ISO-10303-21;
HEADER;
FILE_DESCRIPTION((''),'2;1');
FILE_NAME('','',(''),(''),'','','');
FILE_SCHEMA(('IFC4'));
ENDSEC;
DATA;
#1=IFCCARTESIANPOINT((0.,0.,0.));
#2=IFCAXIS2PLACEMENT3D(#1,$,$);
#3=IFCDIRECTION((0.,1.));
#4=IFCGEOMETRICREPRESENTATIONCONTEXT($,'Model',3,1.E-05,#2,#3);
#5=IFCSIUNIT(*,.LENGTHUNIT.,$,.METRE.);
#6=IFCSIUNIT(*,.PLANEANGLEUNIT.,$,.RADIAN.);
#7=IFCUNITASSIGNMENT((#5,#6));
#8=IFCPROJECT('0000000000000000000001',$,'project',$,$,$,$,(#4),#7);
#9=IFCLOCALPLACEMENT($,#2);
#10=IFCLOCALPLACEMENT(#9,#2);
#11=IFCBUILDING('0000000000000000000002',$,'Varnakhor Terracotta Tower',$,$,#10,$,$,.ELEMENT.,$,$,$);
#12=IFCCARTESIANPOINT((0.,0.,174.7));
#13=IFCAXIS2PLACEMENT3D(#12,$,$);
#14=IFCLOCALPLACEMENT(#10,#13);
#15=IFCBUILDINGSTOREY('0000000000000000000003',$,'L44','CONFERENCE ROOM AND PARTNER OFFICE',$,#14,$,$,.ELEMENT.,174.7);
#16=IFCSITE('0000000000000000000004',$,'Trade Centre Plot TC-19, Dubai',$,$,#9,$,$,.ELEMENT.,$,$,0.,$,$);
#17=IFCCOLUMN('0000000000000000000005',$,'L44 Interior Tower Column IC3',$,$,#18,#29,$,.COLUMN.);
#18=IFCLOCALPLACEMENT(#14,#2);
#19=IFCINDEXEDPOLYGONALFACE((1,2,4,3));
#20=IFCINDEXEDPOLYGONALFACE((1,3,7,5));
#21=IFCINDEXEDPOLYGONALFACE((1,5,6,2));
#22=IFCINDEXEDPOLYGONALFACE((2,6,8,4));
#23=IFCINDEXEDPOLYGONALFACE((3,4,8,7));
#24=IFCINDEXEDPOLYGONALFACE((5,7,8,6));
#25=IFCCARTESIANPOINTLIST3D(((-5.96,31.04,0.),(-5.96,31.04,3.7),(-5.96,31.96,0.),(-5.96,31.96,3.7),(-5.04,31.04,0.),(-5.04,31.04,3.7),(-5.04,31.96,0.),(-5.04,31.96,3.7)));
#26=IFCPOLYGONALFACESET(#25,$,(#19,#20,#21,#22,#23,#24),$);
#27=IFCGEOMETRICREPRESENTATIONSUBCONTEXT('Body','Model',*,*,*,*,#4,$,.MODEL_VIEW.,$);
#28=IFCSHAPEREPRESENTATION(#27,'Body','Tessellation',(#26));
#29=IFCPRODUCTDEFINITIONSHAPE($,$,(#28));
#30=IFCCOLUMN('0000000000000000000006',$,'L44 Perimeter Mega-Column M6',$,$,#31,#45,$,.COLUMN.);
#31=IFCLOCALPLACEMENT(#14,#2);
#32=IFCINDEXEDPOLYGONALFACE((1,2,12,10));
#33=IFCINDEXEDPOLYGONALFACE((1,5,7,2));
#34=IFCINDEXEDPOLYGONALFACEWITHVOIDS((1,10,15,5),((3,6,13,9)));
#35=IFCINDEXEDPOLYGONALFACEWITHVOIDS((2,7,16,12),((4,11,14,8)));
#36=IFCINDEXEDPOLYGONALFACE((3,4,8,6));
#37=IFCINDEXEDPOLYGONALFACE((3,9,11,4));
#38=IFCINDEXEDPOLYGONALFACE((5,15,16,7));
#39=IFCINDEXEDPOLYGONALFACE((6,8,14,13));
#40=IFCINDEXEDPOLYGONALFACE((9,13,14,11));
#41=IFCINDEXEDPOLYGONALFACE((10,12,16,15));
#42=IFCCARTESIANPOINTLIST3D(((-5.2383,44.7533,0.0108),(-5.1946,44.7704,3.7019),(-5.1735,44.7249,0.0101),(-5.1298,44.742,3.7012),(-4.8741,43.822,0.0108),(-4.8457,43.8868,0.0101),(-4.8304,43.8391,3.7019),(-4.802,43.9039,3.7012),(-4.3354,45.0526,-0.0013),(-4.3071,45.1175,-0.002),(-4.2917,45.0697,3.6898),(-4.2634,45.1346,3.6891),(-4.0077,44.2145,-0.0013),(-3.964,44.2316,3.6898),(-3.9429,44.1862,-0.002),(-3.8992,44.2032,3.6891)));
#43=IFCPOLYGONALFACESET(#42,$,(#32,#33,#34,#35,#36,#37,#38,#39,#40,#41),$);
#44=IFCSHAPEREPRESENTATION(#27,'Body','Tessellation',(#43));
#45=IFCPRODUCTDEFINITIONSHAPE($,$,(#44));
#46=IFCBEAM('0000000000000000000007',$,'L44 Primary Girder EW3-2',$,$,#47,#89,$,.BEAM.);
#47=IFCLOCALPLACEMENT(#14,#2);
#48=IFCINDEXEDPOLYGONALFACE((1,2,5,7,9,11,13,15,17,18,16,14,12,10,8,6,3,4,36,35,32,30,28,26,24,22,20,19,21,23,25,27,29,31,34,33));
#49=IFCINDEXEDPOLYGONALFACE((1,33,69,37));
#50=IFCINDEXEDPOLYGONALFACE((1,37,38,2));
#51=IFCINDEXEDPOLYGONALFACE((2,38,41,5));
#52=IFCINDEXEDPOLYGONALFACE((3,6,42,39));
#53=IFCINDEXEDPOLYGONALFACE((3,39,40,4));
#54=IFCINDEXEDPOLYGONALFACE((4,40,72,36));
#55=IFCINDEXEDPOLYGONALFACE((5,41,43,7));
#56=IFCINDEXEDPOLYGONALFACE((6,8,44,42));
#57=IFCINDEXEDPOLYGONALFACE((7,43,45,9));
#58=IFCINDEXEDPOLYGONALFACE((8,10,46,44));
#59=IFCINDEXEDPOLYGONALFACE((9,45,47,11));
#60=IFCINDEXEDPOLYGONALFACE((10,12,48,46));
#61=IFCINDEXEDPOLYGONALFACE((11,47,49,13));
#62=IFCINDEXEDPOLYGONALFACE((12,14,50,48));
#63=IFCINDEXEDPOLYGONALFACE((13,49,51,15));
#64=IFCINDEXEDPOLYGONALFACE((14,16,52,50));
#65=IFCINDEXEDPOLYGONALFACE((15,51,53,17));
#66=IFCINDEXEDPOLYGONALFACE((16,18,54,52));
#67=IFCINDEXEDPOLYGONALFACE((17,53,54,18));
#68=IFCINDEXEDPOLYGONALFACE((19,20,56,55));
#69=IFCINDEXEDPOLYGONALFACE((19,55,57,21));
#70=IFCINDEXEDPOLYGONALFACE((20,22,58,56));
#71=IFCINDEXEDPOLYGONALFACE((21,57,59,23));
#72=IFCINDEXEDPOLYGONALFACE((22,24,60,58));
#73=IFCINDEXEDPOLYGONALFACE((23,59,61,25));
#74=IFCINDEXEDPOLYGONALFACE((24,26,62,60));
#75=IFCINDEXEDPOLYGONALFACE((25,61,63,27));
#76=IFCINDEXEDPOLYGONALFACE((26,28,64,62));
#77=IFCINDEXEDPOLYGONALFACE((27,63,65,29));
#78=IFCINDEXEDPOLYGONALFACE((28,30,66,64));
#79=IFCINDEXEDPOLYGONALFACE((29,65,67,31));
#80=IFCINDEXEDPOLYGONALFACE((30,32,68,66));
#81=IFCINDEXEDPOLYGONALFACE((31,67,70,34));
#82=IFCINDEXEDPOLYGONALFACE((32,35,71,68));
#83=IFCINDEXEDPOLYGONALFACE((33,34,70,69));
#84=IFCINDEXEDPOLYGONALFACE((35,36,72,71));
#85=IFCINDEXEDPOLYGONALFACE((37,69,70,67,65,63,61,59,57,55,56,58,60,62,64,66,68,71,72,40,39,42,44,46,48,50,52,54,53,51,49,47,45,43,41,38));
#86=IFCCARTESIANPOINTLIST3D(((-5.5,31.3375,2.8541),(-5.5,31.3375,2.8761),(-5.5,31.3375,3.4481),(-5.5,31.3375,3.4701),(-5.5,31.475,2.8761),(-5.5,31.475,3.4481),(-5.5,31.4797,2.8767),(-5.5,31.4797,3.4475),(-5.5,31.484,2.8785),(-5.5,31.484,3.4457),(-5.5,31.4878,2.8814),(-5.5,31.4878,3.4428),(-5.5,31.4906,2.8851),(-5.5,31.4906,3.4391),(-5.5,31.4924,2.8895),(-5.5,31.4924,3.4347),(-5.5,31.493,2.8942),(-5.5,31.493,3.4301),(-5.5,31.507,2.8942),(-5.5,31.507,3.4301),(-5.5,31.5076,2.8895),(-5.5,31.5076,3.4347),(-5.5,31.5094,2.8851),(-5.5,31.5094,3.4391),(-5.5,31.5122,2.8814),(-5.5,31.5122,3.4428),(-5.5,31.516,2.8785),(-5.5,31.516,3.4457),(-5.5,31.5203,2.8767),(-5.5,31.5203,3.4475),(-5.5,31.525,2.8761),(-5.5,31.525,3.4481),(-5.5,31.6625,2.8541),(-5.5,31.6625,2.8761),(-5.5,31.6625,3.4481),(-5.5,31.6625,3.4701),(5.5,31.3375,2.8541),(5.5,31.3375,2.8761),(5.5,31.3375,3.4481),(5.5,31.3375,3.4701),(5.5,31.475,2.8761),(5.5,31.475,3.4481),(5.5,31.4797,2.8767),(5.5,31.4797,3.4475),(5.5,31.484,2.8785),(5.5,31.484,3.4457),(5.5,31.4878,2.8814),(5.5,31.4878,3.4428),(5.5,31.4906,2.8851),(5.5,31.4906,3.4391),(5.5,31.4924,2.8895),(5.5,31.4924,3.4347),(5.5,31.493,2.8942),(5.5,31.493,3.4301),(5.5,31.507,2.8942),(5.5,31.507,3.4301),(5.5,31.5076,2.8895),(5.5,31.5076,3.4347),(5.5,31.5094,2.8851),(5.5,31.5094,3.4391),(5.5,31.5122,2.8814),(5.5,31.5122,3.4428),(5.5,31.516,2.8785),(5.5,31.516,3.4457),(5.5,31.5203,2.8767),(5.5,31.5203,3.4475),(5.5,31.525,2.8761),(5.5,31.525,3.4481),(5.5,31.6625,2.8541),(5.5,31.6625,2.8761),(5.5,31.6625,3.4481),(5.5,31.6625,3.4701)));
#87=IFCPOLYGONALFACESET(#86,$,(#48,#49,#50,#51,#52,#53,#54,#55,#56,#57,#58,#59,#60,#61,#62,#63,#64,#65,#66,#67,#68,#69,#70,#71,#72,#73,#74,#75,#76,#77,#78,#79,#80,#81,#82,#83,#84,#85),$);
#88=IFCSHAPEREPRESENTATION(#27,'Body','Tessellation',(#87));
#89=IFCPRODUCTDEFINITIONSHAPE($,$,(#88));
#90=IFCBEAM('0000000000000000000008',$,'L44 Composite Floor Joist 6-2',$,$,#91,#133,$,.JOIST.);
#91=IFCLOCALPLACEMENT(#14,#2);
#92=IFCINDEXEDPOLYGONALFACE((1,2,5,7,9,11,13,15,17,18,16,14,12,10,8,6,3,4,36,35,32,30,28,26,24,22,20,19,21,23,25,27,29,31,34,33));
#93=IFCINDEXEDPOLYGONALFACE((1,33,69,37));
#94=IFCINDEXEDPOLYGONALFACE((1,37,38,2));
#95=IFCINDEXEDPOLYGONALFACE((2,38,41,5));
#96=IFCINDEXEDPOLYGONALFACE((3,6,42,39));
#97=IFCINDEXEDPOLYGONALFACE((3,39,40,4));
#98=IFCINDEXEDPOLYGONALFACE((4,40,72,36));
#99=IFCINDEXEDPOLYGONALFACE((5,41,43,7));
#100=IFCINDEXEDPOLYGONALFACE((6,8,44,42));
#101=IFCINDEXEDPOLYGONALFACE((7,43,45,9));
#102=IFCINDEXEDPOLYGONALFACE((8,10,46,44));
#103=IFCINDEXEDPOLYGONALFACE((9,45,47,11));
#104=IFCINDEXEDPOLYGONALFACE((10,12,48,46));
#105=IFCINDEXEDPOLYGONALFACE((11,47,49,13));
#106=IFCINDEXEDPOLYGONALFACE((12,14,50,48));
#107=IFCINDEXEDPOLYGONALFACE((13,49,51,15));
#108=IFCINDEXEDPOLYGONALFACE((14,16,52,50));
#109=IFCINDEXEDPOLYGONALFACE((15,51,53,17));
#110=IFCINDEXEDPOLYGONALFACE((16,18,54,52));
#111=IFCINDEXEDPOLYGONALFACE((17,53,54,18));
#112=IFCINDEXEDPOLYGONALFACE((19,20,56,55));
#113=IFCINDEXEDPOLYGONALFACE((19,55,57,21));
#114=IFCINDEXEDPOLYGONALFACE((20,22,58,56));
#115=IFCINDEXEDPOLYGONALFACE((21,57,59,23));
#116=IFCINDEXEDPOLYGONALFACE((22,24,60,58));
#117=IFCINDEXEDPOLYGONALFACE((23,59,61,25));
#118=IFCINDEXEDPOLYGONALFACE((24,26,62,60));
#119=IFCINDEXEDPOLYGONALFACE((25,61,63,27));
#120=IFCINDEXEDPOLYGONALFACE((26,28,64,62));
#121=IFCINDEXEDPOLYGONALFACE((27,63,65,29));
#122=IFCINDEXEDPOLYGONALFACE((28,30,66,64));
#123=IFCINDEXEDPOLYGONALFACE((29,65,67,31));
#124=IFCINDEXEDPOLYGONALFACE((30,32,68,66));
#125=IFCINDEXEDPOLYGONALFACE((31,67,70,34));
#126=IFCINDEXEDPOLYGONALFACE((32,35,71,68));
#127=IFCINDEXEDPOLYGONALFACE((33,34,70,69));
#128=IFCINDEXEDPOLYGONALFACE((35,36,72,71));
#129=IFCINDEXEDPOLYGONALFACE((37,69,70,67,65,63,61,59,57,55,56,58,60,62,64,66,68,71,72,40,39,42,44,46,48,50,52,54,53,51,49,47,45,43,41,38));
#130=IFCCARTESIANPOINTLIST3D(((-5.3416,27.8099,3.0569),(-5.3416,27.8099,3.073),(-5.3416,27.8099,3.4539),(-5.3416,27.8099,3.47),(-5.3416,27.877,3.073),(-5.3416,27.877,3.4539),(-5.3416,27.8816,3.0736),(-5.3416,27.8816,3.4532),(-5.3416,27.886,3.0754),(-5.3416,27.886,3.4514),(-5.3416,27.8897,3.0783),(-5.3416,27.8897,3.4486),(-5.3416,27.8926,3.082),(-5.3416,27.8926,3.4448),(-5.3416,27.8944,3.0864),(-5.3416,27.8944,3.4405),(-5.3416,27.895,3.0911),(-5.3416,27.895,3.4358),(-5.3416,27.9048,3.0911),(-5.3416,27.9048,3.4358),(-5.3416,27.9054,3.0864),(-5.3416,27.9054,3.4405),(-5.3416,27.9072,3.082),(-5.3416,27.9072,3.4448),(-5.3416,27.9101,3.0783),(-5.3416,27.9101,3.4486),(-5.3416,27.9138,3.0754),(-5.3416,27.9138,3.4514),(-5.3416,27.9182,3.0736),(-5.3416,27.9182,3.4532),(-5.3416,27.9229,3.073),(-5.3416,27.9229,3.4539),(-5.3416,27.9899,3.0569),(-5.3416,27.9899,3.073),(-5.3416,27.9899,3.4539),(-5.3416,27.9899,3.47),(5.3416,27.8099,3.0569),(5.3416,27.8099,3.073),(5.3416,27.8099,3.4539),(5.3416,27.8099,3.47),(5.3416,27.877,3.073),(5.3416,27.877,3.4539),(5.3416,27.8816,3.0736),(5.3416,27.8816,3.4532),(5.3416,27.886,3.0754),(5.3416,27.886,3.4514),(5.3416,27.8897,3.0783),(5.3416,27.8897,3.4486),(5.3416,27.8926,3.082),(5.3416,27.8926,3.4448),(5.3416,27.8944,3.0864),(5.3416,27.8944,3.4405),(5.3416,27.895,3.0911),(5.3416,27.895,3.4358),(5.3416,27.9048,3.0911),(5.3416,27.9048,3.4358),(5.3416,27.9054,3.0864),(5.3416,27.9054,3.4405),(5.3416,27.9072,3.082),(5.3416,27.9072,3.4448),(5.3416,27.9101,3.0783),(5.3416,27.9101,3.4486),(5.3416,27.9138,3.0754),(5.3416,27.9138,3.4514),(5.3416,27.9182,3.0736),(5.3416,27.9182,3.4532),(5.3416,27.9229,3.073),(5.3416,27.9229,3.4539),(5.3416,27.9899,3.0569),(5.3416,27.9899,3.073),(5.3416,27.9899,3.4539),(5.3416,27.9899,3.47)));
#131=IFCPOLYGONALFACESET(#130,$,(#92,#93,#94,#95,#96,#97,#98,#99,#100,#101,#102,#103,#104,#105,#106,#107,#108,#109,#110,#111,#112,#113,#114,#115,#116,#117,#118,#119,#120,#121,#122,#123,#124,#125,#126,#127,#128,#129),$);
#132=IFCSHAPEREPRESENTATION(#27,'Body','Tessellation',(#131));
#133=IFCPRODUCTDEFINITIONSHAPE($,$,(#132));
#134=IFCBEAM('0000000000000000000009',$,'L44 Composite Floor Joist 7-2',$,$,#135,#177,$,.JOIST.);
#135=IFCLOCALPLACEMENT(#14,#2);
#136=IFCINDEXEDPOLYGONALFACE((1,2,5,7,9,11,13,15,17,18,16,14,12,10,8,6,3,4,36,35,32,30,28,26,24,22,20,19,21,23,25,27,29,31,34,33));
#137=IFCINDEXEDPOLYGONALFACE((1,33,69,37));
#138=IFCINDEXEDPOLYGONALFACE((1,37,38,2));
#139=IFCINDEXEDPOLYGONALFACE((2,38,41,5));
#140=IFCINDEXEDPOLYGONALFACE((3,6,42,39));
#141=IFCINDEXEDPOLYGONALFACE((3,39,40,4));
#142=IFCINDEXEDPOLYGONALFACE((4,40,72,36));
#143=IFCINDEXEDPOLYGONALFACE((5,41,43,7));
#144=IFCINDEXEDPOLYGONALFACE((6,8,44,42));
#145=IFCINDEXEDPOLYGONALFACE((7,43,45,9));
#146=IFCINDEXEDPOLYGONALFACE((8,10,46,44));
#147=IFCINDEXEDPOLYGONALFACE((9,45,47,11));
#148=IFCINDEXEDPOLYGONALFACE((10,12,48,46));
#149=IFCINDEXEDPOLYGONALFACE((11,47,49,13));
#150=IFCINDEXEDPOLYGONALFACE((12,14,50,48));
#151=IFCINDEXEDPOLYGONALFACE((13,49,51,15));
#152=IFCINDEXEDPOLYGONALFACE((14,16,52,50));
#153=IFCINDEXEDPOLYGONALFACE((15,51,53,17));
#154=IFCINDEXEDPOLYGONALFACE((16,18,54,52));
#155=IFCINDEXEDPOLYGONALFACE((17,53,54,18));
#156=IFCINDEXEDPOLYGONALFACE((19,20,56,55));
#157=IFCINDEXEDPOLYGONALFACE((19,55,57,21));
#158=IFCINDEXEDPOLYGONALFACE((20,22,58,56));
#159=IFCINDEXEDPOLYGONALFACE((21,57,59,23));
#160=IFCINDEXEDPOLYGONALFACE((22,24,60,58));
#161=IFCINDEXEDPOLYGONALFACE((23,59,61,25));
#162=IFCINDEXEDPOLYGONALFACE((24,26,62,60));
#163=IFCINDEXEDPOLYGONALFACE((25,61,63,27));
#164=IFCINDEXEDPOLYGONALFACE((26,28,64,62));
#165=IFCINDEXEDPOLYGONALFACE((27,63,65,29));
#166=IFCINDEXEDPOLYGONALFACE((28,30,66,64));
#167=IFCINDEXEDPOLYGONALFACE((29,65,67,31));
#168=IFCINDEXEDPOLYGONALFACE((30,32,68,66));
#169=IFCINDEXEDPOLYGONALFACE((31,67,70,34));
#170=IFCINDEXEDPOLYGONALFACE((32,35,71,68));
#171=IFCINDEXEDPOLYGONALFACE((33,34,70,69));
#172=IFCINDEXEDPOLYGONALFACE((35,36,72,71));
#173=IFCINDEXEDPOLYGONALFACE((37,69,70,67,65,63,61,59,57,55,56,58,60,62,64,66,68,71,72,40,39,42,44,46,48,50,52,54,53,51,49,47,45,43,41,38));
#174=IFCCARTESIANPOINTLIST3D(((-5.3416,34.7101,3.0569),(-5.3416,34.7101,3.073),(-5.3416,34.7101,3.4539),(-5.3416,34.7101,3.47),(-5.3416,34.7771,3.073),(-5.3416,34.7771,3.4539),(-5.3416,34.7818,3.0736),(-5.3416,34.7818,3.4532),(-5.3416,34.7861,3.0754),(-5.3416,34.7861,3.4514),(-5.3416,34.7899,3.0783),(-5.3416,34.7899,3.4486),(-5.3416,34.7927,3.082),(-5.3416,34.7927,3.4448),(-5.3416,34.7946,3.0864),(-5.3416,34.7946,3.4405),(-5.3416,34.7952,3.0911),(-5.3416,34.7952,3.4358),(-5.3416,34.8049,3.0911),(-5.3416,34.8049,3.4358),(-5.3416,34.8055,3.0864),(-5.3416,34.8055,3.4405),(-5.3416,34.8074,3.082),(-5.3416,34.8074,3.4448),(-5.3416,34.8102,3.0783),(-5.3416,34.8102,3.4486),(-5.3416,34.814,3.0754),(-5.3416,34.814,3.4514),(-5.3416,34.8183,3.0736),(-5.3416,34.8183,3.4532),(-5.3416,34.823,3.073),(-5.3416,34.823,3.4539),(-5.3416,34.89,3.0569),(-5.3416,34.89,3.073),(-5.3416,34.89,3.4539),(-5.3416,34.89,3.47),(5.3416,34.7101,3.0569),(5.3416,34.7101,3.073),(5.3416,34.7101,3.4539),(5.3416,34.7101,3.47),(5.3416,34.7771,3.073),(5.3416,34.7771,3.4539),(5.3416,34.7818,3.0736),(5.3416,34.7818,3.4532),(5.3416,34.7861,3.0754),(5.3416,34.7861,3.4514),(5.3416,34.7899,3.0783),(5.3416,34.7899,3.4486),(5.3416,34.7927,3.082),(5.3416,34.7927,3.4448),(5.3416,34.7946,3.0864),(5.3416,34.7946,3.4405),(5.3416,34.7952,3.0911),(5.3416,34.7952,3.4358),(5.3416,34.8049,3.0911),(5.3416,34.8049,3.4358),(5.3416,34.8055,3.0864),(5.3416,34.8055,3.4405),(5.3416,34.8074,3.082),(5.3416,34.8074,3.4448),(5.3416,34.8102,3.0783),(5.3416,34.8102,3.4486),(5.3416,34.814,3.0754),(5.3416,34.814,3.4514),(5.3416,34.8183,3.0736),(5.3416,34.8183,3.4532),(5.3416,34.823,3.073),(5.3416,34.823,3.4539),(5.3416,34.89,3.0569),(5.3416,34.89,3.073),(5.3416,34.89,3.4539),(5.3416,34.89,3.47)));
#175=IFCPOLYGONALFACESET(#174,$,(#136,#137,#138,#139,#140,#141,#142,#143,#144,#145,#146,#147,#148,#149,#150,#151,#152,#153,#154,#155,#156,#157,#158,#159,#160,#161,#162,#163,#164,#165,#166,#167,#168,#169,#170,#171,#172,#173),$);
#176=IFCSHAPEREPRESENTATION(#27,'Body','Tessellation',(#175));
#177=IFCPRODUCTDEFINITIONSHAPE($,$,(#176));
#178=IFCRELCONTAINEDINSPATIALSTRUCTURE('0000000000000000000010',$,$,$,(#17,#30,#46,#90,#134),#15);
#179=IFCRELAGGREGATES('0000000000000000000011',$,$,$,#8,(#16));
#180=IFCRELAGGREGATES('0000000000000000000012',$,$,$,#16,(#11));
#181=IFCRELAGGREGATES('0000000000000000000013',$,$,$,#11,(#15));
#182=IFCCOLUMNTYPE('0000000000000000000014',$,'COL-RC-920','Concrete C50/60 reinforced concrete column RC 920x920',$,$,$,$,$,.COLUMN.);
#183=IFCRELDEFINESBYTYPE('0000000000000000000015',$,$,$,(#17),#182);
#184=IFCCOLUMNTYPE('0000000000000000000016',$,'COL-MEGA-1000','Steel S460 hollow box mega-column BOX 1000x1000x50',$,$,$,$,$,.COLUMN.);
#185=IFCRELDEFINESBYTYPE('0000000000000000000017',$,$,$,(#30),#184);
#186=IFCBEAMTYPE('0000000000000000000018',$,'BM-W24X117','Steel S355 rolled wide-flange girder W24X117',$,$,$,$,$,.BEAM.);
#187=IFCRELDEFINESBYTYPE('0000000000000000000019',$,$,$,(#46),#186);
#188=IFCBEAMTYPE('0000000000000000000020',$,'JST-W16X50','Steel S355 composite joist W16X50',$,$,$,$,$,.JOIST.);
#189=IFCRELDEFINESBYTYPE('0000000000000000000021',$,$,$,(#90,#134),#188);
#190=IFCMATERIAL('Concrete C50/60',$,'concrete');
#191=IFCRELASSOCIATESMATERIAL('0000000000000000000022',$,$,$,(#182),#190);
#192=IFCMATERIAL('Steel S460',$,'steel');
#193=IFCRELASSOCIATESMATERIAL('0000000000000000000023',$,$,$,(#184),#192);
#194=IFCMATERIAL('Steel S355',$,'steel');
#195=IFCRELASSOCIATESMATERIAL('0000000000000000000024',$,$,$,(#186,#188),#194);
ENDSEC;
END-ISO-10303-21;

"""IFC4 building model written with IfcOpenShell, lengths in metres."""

from ifc_helpers import new_model, si_unit, direction, frame, origin, origin_2d, place, context, subcontext, project, spatial, rectangle, hollow_rectangle, i_section, extrude, source, transform, mapped, material, material_profile, profile_set, type_object, type_shapes, element, save


model = new_model("IFC4")

# Units and contexts
model_context = context("Model", 3, precision=1e-05, world=origin(), true_north=direction((0.0, 1.0)))
body_context = subcontext(model_context, "Body", "Model", "MODEL_VIEW")
ifc_project = project(units=[si_unit("LENGTHUNIT", "METRE"), si_unit("PLANEANGLEUNIT", "RADIAN")], contexts=[model_context])

# Site, building, storey
site_placement = place(None, origin())
site = spatial("IfcSite", under=ifc_project, at=site_placement, Name="Trade Centre Plot TC-19, Dubai", CompositionType="ELEMENT", RefElevation=0.0)
building_placement = place(site_placement, origin())
building = spatial("IfcBuilding", under=site, at=building_placement, Name="Varnakhor Terracotta Tower", CompositionType="ELEMENT")
storey_placement = place(building_placement, frame((0.0, 0.0, 174.7)))
storey = spatial("IfcBuildingStorey", under=building, at=storey_placement, Name="L44", Description="CONFERENCE ROOM AND PARTNER OFFICE", CompositionType="ELEMENT", Elevation=174.7)

# Columns
ifc_material_1 = material(Name="Concrete C50/60", Category="concrete")
ifc_material_profile_1 = material_profile(ifc_material_1, rectangle(XDim=0.9199, YDim=0.9199, at=origin_2d()), Name="RC 920x920")
ifc_profile_set_1 = profile_set([ifc_material_profile_1], Name="Concrete C50/60")
column_type_1 = type_object("IfcColumnType", Name="COL-RC-920", Description="Concrete C50/60 reinforced concrete column RC 920x920", PredefinedType="COLUMN", material=ifc_profile_set_1)
shared_shape_1 = source(origin(), body_context, "Body", "SweptSolid", [
    extrude(rectangle(XDim=0.9199, YDim=0.9199, at=origin_2d()), origin(), (0.0, 0.0, 1.0), 3.7),
])
column_1_placement = place(storey_placement, frame((-5.5, 31.5, 0.0), z_axis=(0.0, 0.0, 1.0), x_axis=(1.0, 0.0, 0.0)))
element("IfcColumn", 1, at=column_1_placement, inside=storey, type_object=column_type_1, Name="L44 Interior Tower Column IC3", PredefinedType="COLUMN", context=body_context, shape_type="MappedRepresentation", body=[
    mapped(shared_shape_1, transform((0.0, 0.0, 0.0), scale=1.0)),
])
ifc_material_2 = material(Name="Steel S460", Category="steel")
ifc_material_profile_2 = material_profile(ifc_material_2, hollow_rectangle(XDim=1.0, YDim=1.0, WallThickness=0.05, at=origin_2d()), Name="BOX 1000x1000x50")
ifc_profile_set_2 = profile_set([ifc_material_profile_2], Name="Steel S460")
column_type_2 = type_object("IfcColumnType", Name="COL-MEGA-1000", Description="Steel S460 hollow box mega-column BOX 1000x1000x50", PredefinedType="COLUMN", material=ifc_profile_set_2)
shared_shape_2 = source(origin(), body_context, "Body", "SweptSolid", [
    extrude(hollow_rectangle(XDim=1.0, YDim=1.0, WallThickness=0.05, at=origin_2d()), origin(), (0.0, 0.0, 1.0), 3.6914),
])
type_shapes(column_type_2, [shared_shape_2])
column_2_placement = place(storey_placement, frame((-4.5906, 44.4697, 0.0044), z_axis=(0.011838, 0.00463, 0.999919), x_axis=(-0.364203, 0.93132, 0.0)))
element("IfcColumn", 2, at=column_2_placement, inside=storey, type_object=column_type_2, Name="L44 Perimeter Mega-Column M6", PredefinedType="COLUMN", context=body_context, shape_type="MappedRepresentation", body=[
    mapped(shared_shape_2, transform((0.0, 0.0, 0.0), scale=1.0)),
])

# Beams
ifc_material_3 = material(Name="Steel S355", Category="steel")
ifc_material_profile_3 = material_profile(ifc_material_3, i_section(OverallWidth=0.325, OverallDepth=0.616, WebThickness=0.0139, FlangeThickness=0.022, FilletRadius=0.0181, at=origin_2d()), Name="W24X117")
ifc_profile_set_3 = profile_set([ifc_material_profile_3], Name="Steel S355")
beam_type_1 = type_object("IfcBeamType", Name="BM-W24X117", Description="Steel S355 rolled wide-flange girder W24X117", PredefinedType="BEAM", material=ifc_profile_set_3)
shared_shape_3 = source(origin(), body_context, "Body", "SweptSolid", [
    extrude(i_section(OverallWidth=0.325, OverallDepth=0.616, WebThickness=0.0139, FlangeThickness=0.022, FilletRadius=0.0181, at=origin_2d()), origin(), (0.0, 0.0, 1.0), 11.0),
])
beam_1_placement = place(storey_placement, frame((-5.5, 31.5, 3.1621), z_axis=(1.0, 0.0, 0.0), x_axis=(0.0, 1.0, 0.0)))
element("IfcBeam", 3, at=beam_1_placement, inside=storey, type_object=beam_type_1, Name="L44 Primary Girder EW3-2", PredefinedType="BEAM", context=body_context, shape_type="MappedRepresentation", body=[
    mapped(shared_shape_3, transform((0.0, 0.0, 0.0), scale=1.0)),
])
ifc_material_profile_4 = material_profile(ifc_material_3, i_section(OverallWidth=0.1799, OverallDepth=0.4131, WebThickness=0.0098, FlangeThickness=0.0161, FilletRadius=0.0181, at=origin_2d()), Name="W16X50")
ifc_profile_set_4 = profile_set([ifc_material_profile_4], Name="Steel S355")
beam_type_2 = type_object("IfcBeamType", Name="JST-W16X50", Description="Steel S355 composite joist W16X50", PredefinedType="JOIST", material=ifc_profile_set_4)
shared_shape_4 = source(origin(), body_context, "Body", "SweptSolid", [
    extrude(i_section(OverallWidth=0.1799, OverallDepth=0.4131, WebThickness=0.0098, FlangeThickness=0.0161, FilletRadius=0.0181, at=origin_2d()), origin(), (0.0, 0.0, 1.0), 10.6831),
])
for number, where, z_axis, x_axis, name in (
    (4, (-5.3416, 27.8999, 3.2634), (1.0, 0.0, 0.0), (0.0, 1.0, 0.0), "L44 Composite Floor Joist 6-2"),
    (5, (-5.3416, 34.8, 3.2634), (1.0, 0.0, 0.0), (0.0, 1.0, 0.0), "L44 Composite Floor Joist 7-2"),
):
    element("IfcBeam", number, at=place(storey_placement, frame(where, z_axis=z_axis, x_axis=x_axis)), inside=storey, type_object=beam_type_2, Name=name, PredefinedType="JOIST", context=body_context, shape_type="MappedRepresentation", body=[
        mapped(shared_shape_4, transform((0.0, 0.0, 0.0), scale=1.0)),
    ])

save(model, "model.ifc")
